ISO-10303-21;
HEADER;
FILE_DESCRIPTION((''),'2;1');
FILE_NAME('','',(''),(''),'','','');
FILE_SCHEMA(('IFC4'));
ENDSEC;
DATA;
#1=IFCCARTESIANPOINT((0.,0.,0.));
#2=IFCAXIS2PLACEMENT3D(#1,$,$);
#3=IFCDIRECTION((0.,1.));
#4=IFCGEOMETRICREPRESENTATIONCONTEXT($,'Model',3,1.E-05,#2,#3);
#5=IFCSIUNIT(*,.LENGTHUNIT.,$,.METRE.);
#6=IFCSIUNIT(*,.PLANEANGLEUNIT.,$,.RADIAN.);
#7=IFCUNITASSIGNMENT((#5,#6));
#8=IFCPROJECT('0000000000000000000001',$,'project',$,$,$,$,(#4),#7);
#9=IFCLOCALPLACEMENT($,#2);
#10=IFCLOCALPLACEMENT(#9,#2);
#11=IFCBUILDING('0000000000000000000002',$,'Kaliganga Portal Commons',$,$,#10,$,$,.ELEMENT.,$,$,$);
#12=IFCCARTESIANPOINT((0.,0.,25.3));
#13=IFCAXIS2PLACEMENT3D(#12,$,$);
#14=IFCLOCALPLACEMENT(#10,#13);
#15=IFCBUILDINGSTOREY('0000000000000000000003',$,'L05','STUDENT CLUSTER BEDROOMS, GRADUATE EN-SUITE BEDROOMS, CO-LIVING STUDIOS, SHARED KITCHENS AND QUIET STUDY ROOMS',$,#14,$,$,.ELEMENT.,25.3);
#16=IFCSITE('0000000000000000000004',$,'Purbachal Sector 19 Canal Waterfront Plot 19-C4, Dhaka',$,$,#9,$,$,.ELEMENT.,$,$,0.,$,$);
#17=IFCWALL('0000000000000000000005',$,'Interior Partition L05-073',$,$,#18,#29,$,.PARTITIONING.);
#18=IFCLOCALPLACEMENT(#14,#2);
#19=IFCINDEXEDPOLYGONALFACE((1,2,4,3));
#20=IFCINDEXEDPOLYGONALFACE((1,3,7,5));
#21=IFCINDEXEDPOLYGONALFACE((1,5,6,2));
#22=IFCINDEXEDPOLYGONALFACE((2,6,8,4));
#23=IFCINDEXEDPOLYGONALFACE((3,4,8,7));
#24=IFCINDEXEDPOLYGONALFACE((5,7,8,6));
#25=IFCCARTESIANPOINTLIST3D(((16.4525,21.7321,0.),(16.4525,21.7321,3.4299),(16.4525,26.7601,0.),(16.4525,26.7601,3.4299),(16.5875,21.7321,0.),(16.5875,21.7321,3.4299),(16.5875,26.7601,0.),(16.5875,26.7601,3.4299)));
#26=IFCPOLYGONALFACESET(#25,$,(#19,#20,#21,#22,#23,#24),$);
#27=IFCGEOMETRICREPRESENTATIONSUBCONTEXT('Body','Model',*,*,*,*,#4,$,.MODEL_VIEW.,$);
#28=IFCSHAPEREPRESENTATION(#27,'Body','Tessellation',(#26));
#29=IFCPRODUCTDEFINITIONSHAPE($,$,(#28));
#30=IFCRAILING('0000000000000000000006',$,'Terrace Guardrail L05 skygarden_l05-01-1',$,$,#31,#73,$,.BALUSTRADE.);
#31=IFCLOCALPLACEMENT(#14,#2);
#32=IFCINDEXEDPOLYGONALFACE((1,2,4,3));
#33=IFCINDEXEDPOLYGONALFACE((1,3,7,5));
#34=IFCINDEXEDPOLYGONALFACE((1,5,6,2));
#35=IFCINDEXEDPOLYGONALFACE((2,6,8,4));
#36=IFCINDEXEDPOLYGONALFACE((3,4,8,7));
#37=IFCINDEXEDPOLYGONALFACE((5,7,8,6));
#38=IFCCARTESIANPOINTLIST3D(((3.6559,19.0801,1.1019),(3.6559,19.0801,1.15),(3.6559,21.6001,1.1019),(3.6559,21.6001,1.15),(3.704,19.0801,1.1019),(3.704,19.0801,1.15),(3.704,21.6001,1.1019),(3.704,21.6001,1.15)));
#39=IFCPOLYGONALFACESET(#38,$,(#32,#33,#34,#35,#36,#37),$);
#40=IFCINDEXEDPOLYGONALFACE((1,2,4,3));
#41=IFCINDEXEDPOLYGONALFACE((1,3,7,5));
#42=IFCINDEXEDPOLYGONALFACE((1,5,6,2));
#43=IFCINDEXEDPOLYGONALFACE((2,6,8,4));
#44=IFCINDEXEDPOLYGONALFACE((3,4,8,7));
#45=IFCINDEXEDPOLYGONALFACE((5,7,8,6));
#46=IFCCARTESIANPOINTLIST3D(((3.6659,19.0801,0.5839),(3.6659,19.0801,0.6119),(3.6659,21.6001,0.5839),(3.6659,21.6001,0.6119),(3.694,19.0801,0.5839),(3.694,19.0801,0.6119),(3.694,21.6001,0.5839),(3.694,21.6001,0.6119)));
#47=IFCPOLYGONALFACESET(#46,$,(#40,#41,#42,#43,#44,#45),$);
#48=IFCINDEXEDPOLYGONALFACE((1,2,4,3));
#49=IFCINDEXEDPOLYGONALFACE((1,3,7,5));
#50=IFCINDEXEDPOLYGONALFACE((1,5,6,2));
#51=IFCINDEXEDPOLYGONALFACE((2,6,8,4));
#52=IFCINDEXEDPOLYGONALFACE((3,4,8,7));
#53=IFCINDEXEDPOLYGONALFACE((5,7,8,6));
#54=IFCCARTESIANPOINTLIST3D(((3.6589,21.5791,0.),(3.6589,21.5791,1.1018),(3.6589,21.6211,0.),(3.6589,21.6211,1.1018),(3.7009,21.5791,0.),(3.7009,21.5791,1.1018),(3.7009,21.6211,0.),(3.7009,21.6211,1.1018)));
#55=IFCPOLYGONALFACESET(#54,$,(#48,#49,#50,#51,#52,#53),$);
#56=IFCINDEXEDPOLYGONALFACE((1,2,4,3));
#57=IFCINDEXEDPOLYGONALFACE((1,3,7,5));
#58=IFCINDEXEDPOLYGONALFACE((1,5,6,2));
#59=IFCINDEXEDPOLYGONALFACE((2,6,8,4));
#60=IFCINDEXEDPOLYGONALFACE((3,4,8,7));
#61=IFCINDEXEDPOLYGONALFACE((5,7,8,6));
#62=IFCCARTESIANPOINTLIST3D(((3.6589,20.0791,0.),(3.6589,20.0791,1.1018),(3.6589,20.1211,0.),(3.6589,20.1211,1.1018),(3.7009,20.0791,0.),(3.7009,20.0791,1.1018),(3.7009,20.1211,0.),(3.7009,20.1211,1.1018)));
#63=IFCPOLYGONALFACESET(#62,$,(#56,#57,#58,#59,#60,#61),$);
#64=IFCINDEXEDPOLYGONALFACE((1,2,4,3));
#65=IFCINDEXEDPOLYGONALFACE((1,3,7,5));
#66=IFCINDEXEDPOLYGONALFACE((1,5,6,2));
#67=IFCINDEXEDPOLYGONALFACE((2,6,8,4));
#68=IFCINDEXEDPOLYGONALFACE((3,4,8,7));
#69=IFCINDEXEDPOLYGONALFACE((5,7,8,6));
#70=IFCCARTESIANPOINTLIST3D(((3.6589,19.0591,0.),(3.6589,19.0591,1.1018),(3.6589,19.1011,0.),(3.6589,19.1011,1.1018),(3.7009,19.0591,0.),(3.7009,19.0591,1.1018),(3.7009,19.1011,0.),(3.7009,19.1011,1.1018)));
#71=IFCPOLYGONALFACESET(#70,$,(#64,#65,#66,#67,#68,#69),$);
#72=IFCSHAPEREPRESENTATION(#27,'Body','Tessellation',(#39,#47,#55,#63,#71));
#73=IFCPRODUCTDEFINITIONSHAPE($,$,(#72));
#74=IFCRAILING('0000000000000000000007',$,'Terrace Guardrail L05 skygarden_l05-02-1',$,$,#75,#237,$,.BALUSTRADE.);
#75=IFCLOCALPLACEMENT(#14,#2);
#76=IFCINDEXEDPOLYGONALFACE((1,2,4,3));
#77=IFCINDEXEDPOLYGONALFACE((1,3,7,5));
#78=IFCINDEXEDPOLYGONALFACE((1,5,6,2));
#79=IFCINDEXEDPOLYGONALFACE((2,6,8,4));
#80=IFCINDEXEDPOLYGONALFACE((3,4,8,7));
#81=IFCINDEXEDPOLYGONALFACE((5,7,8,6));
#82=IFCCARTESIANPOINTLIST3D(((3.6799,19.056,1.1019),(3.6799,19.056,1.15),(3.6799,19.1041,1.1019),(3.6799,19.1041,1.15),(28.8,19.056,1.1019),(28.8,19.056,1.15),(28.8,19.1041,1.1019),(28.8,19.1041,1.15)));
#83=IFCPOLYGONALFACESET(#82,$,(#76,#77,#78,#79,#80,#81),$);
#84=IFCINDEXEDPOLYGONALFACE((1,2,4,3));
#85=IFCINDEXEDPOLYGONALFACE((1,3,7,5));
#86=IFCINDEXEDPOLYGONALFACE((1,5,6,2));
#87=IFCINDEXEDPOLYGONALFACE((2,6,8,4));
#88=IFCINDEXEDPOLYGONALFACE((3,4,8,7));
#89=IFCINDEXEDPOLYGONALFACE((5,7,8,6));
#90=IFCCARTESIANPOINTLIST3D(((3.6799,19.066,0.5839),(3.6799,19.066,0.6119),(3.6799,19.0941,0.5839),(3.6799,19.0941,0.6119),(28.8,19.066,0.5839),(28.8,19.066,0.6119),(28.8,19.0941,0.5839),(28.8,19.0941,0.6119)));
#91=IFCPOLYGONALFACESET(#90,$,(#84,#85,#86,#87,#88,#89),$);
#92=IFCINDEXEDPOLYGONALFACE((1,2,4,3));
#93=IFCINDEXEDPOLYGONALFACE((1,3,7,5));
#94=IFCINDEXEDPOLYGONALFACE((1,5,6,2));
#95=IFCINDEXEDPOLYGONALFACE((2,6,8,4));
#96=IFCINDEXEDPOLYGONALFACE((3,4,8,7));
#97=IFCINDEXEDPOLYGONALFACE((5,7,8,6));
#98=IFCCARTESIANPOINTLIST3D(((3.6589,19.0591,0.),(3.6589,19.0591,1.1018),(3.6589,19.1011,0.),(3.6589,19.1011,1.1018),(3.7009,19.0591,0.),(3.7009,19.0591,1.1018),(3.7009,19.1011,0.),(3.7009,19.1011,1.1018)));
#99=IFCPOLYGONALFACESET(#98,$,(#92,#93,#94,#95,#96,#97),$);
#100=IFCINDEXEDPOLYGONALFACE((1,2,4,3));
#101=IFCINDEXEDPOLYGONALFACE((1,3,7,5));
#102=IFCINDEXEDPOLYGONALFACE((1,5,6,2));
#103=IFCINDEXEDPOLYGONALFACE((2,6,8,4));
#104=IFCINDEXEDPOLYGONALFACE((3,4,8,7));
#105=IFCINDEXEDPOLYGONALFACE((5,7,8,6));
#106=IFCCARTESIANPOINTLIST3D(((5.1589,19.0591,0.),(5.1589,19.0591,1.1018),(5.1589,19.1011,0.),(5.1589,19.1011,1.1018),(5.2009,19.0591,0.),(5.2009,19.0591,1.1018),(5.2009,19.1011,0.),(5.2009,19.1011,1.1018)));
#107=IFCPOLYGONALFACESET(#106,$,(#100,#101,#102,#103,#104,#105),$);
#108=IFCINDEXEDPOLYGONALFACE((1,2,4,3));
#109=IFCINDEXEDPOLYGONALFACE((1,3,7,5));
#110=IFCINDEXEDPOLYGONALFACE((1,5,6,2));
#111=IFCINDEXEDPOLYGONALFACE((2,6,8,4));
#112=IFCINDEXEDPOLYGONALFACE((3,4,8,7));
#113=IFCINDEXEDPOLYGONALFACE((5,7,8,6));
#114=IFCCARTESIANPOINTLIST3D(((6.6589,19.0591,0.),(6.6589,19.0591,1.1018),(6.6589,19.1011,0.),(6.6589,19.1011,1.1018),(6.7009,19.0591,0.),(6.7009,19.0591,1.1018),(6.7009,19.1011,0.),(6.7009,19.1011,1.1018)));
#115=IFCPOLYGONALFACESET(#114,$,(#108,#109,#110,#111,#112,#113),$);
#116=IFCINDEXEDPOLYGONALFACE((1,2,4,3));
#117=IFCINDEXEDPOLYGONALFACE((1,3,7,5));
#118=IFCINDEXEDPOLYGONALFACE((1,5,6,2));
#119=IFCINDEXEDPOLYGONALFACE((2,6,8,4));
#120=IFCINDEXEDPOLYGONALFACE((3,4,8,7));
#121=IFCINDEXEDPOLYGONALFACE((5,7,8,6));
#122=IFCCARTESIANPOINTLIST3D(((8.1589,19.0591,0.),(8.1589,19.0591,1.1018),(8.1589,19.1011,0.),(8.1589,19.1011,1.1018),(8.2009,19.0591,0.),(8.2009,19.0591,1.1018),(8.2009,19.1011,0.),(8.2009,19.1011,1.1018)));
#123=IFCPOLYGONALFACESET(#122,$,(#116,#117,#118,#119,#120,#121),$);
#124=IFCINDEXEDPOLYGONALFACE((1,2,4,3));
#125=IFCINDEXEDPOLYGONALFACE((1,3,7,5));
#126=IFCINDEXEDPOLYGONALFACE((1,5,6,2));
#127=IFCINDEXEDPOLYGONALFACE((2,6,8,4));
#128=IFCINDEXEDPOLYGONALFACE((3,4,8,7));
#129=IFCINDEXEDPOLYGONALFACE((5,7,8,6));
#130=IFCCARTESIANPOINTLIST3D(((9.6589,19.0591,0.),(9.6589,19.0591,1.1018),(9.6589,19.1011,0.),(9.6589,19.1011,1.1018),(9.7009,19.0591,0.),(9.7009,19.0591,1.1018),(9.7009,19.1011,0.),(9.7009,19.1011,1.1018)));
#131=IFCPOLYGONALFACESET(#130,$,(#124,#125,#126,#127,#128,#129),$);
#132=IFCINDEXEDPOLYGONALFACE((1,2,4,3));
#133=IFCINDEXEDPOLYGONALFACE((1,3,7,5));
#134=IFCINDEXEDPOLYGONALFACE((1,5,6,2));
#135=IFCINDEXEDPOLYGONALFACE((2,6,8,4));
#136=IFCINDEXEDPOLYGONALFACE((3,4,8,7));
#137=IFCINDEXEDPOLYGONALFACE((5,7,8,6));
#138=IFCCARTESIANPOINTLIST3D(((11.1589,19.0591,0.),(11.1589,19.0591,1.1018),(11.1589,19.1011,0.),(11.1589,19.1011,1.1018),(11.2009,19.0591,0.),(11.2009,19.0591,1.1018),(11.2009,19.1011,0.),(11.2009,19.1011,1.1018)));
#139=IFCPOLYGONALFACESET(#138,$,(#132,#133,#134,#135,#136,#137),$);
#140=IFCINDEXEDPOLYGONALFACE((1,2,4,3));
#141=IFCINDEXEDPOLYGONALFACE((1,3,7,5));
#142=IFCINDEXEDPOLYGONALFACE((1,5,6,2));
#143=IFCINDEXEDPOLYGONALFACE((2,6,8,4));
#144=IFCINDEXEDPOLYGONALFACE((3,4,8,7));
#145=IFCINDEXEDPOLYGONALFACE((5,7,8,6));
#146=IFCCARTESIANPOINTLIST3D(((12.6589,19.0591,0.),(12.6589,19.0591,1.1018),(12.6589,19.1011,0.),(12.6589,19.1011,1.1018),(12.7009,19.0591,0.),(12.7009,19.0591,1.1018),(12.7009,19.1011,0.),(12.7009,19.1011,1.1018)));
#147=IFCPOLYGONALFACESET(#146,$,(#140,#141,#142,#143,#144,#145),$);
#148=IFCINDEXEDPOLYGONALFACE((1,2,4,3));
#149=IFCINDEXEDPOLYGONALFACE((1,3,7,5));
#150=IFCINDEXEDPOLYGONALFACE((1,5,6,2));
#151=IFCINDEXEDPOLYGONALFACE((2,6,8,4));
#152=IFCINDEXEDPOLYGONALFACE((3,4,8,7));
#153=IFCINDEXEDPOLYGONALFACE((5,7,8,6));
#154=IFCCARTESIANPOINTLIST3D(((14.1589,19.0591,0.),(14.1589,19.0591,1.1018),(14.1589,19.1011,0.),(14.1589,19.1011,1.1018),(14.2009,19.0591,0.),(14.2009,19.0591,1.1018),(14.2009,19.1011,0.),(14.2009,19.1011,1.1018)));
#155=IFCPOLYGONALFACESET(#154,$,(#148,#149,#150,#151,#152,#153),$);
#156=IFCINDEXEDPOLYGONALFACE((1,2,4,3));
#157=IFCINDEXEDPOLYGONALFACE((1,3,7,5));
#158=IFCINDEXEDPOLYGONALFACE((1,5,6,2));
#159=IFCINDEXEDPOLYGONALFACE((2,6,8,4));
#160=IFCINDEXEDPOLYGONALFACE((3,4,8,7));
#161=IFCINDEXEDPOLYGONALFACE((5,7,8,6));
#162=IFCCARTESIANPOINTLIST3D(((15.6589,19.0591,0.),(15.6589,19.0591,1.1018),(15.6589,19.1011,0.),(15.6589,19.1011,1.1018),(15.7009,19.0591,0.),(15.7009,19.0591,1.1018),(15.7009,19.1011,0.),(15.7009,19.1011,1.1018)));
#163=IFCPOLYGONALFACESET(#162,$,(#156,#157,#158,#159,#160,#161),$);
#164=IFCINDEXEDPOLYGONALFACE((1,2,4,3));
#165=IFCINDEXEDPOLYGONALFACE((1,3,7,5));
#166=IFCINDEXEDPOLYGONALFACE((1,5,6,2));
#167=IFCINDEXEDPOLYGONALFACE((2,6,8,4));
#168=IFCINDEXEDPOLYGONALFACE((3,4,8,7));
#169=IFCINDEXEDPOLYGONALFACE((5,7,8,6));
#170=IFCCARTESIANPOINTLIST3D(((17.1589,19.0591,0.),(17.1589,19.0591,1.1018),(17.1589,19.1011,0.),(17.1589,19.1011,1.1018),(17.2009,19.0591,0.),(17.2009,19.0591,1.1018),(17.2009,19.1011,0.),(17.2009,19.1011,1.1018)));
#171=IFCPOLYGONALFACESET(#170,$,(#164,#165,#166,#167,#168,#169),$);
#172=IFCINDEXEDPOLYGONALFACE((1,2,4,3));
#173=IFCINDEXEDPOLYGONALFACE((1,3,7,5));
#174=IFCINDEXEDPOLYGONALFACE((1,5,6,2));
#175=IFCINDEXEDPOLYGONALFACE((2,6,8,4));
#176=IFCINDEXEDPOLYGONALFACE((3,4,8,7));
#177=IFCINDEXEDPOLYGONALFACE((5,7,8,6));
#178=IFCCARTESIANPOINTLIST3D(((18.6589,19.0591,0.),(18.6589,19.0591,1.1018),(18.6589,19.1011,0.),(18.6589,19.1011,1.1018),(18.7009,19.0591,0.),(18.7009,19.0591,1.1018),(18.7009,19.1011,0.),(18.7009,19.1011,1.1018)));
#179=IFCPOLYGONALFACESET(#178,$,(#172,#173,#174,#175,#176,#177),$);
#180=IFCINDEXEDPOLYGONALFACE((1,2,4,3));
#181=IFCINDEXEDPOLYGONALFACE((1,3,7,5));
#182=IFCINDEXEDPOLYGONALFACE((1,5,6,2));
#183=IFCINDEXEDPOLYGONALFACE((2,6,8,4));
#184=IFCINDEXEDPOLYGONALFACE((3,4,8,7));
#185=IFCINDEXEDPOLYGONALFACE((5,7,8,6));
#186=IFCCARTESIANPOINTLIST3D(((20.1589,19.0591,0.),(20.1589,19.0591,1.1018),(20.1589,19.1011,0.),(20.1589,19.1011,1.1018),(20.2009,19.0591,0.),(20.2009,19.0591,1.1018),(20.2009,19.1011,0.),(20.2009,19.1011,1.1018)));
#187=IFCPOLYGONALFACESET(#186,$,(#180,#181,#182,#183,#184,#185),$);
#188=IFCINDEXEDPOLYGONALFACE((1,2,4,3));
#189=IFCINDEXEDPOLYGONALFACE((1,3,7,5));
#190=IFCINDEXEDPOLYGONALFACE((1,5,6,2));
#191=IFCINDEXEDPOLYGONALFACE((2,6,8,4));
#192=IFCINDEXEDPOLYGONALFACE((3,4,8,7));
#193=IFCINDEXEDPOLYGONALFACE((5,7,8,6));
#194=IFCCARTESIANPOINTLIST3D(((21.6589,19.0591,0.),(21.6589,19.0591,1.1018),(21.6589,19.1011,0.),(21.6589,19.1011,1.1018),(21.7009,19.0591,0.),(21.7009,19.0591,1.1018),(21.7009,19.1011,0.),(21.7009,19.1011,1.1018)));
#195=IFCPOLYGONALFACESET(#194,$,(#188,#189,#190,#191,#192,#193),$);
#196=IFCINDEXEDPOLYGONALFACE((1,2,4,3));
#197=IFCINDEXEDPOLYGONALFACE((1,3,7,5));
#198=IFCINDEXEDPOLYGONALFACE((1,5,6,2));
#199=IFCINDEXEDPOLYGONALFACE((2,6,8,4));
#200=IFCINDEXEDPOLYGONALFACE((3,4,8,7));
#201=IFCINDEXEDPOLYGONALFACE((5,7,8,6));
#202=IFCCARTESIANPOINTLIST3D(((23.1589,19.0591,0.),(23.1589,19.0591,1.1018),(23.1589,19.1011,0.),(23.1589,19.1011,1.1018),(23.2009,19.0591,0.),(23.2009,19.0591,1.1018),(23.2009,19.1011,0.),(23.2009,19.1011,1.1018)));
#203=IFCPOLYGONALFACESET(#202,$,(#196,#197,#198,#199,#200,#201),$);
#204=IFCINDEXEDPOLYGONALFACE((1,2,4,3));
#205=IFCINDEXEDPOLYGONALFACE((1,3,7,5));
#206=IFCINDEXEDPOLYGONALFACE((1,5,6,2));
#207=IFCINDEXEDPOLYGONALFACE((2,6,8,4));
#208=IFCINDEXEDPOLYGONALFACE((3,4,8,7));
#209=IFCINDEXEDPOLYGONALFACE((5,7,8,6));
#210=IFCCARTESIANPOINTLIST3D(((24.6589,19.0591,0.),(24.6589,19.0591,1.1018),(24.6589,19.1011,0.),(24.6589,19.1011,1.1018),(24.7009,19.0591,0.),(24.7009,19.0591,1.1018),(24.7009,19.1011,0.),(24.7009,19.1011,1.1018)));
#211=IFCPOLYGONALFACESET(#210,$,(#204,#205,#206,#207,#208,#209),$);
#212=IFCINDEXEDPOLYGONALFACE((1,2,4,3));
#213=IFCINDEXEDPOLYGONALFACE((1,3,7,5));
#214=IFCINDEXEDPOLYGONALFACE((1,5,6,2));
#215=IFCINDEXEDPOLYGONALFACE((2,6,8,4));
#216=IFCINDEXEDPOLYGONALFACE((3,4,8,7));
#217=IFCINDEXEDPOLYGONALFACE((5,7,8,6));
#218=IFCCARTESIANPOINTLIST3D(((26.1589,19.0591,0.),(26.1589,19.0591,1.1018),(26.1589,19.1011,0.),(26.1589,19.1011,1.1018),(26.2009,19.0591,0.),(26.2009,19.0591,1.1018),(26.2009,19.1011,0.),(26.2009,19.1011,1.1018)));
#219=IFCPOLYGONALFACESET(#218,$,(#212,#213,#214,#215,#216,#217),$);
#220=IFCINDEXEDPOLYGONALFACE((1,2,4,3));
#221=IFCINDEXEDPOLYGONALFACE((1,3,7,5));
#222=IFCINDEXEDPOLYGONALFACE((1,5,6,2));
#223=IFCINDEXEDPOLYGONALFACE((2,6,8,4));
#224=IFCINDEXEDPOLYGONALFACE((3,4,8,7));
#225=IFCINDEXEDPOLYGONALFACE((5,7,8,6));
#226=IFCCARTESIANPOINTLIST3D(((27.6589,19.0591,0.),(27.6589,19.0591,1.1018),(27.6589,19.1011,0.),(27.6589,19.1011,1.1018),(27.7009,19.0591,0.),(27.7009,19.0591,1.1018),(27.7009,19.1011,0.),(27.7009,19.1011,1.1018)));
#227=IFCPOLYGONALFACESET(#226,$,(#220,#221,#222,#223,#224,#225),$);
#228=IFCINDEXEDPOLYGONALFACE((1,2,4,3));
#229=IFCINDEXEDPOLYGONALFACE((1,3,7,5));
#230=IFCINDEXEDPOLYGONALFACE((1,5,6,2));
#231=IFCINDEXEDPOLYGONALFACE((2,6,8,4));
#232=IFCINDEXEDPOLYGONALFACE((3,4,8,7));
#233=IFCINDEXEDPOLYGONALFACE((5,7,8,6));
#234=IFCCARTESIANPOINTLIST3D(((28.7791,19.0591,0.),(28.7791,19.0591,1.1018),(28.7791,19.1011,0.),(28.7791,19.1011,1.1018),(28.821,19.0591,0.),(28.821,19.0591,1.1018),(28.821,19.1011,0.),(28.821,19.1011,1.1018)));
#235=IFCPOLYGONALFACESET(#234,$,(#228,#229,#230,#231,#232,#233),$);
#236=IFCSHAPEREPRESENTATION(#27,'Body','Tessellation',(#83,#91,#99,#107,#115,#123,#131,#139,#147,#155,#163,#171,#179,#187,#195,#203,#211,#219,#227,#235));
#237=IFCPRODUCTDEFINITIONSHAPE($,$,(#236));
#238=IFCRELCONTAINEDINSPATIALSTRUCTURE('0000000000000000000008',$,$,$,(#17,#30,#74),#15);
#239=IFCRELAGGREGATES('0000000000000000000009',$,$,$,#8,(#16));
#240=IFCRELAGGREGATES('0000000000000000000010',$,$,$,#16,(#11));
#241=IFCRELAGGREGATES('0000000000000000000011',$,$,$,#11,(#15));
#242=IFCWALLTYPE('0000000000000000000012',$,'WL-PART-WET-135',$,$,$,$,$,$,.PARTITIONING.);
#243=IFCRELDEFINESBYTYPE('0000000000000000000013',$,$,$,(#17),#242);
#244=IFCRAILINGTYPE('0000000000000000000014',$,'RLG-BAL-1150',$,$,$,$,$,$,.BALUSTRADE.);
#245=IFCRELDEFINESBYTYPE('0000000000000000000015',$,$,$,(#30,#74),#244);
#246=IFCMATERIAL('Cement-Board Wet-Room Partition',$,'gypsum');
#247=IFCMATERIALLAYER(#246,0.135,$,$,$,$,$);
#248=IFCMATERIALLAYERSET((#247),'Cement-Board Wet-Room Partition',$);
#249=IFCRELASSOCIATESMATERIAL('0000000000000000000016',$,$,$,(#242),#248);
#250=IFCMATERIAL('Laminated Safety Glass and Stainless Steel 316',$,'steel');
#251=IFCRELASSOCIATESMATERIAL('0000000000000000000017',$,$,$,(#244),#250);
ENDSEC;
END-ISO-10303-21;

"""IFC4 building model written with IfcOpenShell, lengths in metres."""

from ifc_helpers import new_model, si_unit, direction, frame, frame_2d, origin, origin_2d, place, context, subcontext, project, spatial, rectangle, extrude, material, layer, layer_set, type_object, element, save


model = new_model("IFC4")

# Units and contexts
model_context = context("Model", 3, precision=1e-05, world=origin(), true_north=direction((0.0, 1.0)))
body_context = subcontext(model_context, "Body", "Model", "MODEL_VIEW")
ifc_project = project(units=[si_unit("LENGTHUNIT", "METRE"), si_unit("PLANEANGLEUNIT", "RADIAN")], contexts=[model_context])

# Site, building, storey
site_placement = place(None, origin())
site = spatial("IfcSite", under=ifc_project, at=site_placement, Name="Purbachal Sector 19 Canal Waterfront Plot 19-C4, Dhaka", CompositionType="ELEMENT", RefElevation=0.0)
building_placement = place(site_placement, origin())
building = spatial("IfcBuilding", under=site, at=building_placement, Name="Kaliganga Portal Commons", CompositionType="ELEMENT")
storey_placement = place(building_placement, frame((0.0, 0.0, 25.3)))
storey = spatial("IfcBuildingStorey", under=building, at=storey_placement, Name="L05", Description="STUDENT CLUSTER BEDROOMS, GRADUATE EN-SUITE BEDROOMS, CO-LIVING STUDIOS, SHARED KITCHENS AND QUIET STUDY ROOMS", CompositionType="ELEMENT", Elevation=25.3)

# Wall
ifc_material_1 = material(Name="Cement-Board Wet-Room Partition", Category="gypsum")
ifc_layer_1 = layer(ifc_material_1, 0.135)
ifc_layer_set_1 = layer_set([ifc_layer_1], Name="Cement-Board Wet-Room Partition")
wall_type_1 = type_object("IfcWallType", Name="WL-PART-WET-135", PredefinedType="PARTITIONING", material=ifc_layer_set_1)
for number, where, z_axis, x_axis, name in (
    (1, (16.52, 21.7319, 0.0), (0.0, 0.0, 1.0), (0.0, 1.0, 0.0), "Interior Partition L05-073"),
):
    element("IfcWall", number, at=place(storey_placement, frame(where, z_axis=z_axis, x_axis=x_axis)), inside=storey, type_object=wall_type_1, Name=name, PredefinedType="PARTITIONING", context=body_context, shape_type="SweptSolid", body=[
        extrude(rectangle(XDim=5.0281, YDim=0.135, at=frame_2d((2.5142, 0.0))), origin(), (0.0, 0.0, 1.0), 3.4299),
    ])

# Railings
ifc_material_2 = material(Name="Laminated Safety Glass and Stainless Steel 316", Category="steel")
railing_type = type_object("IfcRailingType", Name="RLG-BAL-1150", PredefinedType="BALUSTRADE", material=ifc_material_2)
railing_1_placement = place(storey_placement, frame((3.6799, 21.6001, 0.0)))
element("IfcRailing", 2, at=railing_1_placement, inside=storey, type_object=railing_type, Name="Terrace Guardrail L05 skygarden_l05-01-1", PredefinedType="BALUSTRADE", context=body_context, shape_type="SweptSolid", body=[
    extrude(rectangle(XDim=0.0481, YDim=0.0481, at=origin_2d()), frame((0.0, 0.0, 1.126), z_axis=(0.0, -1.0, 0.0), x_axis=(1.0, 0.0, 0.0)), (0.0, 0.0, 1.0), 2.52),
    extrude(rectangle(XDim=0.0281, YDim=0.0281, at=origin_2d()), frame((0.0, 0.0, 0.5979), z_axis=(0.0, -1.0, 0.0), x_axis=(1.0, 0.0, 0.0)), (0.0, 0.0, 1.0), 2.52),
    extrude(rectangle(XDim=0.042, YDim=0.042, at=origin_2d()), origin(), (0.0, 0.0, 1.0), 1.1018),
    extrude(rectangle(XDim=0.042, YDim=0.042, at=origin_2d()), frame((0.0, -1.5, 0.0)), (0.0, 0.0, 1.0), 1.1018),
    extrude(rectangle(XDim=0.042, YDim=0.042, at=origin_2d()), frame((0.0, -2.52, 0.0)), (0.0, 0.0, 1.0), 1.1018),
])
railing_2_placement = place(storey_placement, frame((3.6799, 19.0801, 0.0)))
element("IfcRailing", 3, at=railing_2_placement, inside=storey, type_object=railing_type, Name="Terrace Guardrail L05 skygarden_l05-02-1", PredefinedType="BALUSTRADE", context=body_context, shape_type="SweptSolid", body=[
    extrude(rectangle(XDim=0.0481, YDim=0.0481, at=origin_2d()), frame((0.0, 0.0, 1.126), z_axis=(1.0, 0.0, 0.0), x_axis=(0.0, 1.0, 0.0)), (0.0, 0.0, 1.0), 25.1201),
    extrude(rectangle(XDim=0.0281, YDim=0.0281, at=origin_2d()), frame((0.0, 0.0, 0.5979), z_axis=(1.0, 0.0, 0.0), x_axis=(0.0, 1.0, 0.0)), (0.0, 0.0, 1.0), 25.1201),
    extrude(rectangle(XDim=0.042, YDim=0.042, at=origin_2d()), origin(), (0.0, 0.0, 1.0), 1.1018),
    extrude(rectangle(XDim=0.042, YDim=0.042, at=origin_2d()), frame((1.5, 0.0, 0.0)), (0.0, 0.0, 1.0), 1.1018),
    extrude(rectangle(XDim=0.042, YDim=0.042, at=origin_2d()), frame((3.0, 0.0, 0.0)), (0.0, 0.0, 1.0), 1.1018),
    extrude(rectangle(XDim=0.042, YDim=0.042, at=origin_2d()), frame((4.5, 0.0, 0.0)), (0.0, 0.0, 1.0), 1.1018),
    extrude(rectangle(XDim=0.042, YDim=0.042, at=origin_2d()), frame((6.0, 0.0, 0.0)), (0.0, 0.0, 1.0), 1.1018),
    extrude(rectangle(XDim=0.042, YDim=0.042, at=origin_2d()), frame((7.5, 0.0, 0.0)), (0.0, 0.0, 1.0), 1.1018),
    extrude(rectangle(XDim=0.042, YDim=0.042, at=origin_2d()), frame((9.0, 0.0, 0.0)), (0.0, 0.0, 1.0), 1.1018),
    extrude(rectangle(XDim=0.042, YDim=0.042, at=origin_2d()), frame((10.5, 0.0, 0.0)), (0.0, 0.0, 1.0), 1.1018),
    extrude(rectangle(XDim=0.042, YDim=0.042, at=origin_2d()), frame((12.0, 0.0, 0.0)), (0.0, 0.0, 1.0), 1.1018),
    extrude(rectangle(XDim=0.042, YDim=0.042, at=origin_2d()), frame((13.5, 0.0, 0.0)), (0.0, 0.0, 1.0), 1.1018),
    extrude(rectangle(XDim=0.042, YDim=0.042, at=origin_2d()), frame((15.0, 0.0, 0.0)), (0.0, 0.0, 1.0), 1.1018),
    extrude(rectangle(XDim=0.042, YDim=0.042, at=origin_2d()), frame((16.5, 0.0, 0.0)), (0.0, 0.0, 1.0), 1.1018),
    extrude(rectangle(XDim=0.042, YDim=0.042, at=origin_2d()), frame((18.0, 0.0, 0.0)), (0.0, 0.0, 1.0), 1.1018),
    extrude(rectangle(XDim=0.042, YDim=0.042, at=origin_2d()), frame((19.5, 0.0, 0.0)), (0.0, 0.0, 1.0), 1.1018),
    extrude(rectangle(XDim=0.042, YDim=0.042, at=origin_2d()), frame((21.0, 0.0, 0.0)), (0.0, 0.0, 1.0), 1.1018),
    extrude(rectangle(XDim=0.042, YDim=0.042, at=origin_2d()), frame((22.5, 0.0, 0.0)), (0.0, 0.0, 1.0), 1.1018),
    extrude(rectangle(XDim=0.042, YDim=0.042, at=origin_2d()), frame((24.0, 0.0, 0.0)), (0.0, 0.0, 1.0), 1.1018),
    extrude(rectangle(XDim=0.042, YDim=0.042, at=origin_2d()), frame((25.1201, 0.0, 0.0)), (0.0, 0.0, 1.0), 1.1018),
])

save(model, "model.ifc")
